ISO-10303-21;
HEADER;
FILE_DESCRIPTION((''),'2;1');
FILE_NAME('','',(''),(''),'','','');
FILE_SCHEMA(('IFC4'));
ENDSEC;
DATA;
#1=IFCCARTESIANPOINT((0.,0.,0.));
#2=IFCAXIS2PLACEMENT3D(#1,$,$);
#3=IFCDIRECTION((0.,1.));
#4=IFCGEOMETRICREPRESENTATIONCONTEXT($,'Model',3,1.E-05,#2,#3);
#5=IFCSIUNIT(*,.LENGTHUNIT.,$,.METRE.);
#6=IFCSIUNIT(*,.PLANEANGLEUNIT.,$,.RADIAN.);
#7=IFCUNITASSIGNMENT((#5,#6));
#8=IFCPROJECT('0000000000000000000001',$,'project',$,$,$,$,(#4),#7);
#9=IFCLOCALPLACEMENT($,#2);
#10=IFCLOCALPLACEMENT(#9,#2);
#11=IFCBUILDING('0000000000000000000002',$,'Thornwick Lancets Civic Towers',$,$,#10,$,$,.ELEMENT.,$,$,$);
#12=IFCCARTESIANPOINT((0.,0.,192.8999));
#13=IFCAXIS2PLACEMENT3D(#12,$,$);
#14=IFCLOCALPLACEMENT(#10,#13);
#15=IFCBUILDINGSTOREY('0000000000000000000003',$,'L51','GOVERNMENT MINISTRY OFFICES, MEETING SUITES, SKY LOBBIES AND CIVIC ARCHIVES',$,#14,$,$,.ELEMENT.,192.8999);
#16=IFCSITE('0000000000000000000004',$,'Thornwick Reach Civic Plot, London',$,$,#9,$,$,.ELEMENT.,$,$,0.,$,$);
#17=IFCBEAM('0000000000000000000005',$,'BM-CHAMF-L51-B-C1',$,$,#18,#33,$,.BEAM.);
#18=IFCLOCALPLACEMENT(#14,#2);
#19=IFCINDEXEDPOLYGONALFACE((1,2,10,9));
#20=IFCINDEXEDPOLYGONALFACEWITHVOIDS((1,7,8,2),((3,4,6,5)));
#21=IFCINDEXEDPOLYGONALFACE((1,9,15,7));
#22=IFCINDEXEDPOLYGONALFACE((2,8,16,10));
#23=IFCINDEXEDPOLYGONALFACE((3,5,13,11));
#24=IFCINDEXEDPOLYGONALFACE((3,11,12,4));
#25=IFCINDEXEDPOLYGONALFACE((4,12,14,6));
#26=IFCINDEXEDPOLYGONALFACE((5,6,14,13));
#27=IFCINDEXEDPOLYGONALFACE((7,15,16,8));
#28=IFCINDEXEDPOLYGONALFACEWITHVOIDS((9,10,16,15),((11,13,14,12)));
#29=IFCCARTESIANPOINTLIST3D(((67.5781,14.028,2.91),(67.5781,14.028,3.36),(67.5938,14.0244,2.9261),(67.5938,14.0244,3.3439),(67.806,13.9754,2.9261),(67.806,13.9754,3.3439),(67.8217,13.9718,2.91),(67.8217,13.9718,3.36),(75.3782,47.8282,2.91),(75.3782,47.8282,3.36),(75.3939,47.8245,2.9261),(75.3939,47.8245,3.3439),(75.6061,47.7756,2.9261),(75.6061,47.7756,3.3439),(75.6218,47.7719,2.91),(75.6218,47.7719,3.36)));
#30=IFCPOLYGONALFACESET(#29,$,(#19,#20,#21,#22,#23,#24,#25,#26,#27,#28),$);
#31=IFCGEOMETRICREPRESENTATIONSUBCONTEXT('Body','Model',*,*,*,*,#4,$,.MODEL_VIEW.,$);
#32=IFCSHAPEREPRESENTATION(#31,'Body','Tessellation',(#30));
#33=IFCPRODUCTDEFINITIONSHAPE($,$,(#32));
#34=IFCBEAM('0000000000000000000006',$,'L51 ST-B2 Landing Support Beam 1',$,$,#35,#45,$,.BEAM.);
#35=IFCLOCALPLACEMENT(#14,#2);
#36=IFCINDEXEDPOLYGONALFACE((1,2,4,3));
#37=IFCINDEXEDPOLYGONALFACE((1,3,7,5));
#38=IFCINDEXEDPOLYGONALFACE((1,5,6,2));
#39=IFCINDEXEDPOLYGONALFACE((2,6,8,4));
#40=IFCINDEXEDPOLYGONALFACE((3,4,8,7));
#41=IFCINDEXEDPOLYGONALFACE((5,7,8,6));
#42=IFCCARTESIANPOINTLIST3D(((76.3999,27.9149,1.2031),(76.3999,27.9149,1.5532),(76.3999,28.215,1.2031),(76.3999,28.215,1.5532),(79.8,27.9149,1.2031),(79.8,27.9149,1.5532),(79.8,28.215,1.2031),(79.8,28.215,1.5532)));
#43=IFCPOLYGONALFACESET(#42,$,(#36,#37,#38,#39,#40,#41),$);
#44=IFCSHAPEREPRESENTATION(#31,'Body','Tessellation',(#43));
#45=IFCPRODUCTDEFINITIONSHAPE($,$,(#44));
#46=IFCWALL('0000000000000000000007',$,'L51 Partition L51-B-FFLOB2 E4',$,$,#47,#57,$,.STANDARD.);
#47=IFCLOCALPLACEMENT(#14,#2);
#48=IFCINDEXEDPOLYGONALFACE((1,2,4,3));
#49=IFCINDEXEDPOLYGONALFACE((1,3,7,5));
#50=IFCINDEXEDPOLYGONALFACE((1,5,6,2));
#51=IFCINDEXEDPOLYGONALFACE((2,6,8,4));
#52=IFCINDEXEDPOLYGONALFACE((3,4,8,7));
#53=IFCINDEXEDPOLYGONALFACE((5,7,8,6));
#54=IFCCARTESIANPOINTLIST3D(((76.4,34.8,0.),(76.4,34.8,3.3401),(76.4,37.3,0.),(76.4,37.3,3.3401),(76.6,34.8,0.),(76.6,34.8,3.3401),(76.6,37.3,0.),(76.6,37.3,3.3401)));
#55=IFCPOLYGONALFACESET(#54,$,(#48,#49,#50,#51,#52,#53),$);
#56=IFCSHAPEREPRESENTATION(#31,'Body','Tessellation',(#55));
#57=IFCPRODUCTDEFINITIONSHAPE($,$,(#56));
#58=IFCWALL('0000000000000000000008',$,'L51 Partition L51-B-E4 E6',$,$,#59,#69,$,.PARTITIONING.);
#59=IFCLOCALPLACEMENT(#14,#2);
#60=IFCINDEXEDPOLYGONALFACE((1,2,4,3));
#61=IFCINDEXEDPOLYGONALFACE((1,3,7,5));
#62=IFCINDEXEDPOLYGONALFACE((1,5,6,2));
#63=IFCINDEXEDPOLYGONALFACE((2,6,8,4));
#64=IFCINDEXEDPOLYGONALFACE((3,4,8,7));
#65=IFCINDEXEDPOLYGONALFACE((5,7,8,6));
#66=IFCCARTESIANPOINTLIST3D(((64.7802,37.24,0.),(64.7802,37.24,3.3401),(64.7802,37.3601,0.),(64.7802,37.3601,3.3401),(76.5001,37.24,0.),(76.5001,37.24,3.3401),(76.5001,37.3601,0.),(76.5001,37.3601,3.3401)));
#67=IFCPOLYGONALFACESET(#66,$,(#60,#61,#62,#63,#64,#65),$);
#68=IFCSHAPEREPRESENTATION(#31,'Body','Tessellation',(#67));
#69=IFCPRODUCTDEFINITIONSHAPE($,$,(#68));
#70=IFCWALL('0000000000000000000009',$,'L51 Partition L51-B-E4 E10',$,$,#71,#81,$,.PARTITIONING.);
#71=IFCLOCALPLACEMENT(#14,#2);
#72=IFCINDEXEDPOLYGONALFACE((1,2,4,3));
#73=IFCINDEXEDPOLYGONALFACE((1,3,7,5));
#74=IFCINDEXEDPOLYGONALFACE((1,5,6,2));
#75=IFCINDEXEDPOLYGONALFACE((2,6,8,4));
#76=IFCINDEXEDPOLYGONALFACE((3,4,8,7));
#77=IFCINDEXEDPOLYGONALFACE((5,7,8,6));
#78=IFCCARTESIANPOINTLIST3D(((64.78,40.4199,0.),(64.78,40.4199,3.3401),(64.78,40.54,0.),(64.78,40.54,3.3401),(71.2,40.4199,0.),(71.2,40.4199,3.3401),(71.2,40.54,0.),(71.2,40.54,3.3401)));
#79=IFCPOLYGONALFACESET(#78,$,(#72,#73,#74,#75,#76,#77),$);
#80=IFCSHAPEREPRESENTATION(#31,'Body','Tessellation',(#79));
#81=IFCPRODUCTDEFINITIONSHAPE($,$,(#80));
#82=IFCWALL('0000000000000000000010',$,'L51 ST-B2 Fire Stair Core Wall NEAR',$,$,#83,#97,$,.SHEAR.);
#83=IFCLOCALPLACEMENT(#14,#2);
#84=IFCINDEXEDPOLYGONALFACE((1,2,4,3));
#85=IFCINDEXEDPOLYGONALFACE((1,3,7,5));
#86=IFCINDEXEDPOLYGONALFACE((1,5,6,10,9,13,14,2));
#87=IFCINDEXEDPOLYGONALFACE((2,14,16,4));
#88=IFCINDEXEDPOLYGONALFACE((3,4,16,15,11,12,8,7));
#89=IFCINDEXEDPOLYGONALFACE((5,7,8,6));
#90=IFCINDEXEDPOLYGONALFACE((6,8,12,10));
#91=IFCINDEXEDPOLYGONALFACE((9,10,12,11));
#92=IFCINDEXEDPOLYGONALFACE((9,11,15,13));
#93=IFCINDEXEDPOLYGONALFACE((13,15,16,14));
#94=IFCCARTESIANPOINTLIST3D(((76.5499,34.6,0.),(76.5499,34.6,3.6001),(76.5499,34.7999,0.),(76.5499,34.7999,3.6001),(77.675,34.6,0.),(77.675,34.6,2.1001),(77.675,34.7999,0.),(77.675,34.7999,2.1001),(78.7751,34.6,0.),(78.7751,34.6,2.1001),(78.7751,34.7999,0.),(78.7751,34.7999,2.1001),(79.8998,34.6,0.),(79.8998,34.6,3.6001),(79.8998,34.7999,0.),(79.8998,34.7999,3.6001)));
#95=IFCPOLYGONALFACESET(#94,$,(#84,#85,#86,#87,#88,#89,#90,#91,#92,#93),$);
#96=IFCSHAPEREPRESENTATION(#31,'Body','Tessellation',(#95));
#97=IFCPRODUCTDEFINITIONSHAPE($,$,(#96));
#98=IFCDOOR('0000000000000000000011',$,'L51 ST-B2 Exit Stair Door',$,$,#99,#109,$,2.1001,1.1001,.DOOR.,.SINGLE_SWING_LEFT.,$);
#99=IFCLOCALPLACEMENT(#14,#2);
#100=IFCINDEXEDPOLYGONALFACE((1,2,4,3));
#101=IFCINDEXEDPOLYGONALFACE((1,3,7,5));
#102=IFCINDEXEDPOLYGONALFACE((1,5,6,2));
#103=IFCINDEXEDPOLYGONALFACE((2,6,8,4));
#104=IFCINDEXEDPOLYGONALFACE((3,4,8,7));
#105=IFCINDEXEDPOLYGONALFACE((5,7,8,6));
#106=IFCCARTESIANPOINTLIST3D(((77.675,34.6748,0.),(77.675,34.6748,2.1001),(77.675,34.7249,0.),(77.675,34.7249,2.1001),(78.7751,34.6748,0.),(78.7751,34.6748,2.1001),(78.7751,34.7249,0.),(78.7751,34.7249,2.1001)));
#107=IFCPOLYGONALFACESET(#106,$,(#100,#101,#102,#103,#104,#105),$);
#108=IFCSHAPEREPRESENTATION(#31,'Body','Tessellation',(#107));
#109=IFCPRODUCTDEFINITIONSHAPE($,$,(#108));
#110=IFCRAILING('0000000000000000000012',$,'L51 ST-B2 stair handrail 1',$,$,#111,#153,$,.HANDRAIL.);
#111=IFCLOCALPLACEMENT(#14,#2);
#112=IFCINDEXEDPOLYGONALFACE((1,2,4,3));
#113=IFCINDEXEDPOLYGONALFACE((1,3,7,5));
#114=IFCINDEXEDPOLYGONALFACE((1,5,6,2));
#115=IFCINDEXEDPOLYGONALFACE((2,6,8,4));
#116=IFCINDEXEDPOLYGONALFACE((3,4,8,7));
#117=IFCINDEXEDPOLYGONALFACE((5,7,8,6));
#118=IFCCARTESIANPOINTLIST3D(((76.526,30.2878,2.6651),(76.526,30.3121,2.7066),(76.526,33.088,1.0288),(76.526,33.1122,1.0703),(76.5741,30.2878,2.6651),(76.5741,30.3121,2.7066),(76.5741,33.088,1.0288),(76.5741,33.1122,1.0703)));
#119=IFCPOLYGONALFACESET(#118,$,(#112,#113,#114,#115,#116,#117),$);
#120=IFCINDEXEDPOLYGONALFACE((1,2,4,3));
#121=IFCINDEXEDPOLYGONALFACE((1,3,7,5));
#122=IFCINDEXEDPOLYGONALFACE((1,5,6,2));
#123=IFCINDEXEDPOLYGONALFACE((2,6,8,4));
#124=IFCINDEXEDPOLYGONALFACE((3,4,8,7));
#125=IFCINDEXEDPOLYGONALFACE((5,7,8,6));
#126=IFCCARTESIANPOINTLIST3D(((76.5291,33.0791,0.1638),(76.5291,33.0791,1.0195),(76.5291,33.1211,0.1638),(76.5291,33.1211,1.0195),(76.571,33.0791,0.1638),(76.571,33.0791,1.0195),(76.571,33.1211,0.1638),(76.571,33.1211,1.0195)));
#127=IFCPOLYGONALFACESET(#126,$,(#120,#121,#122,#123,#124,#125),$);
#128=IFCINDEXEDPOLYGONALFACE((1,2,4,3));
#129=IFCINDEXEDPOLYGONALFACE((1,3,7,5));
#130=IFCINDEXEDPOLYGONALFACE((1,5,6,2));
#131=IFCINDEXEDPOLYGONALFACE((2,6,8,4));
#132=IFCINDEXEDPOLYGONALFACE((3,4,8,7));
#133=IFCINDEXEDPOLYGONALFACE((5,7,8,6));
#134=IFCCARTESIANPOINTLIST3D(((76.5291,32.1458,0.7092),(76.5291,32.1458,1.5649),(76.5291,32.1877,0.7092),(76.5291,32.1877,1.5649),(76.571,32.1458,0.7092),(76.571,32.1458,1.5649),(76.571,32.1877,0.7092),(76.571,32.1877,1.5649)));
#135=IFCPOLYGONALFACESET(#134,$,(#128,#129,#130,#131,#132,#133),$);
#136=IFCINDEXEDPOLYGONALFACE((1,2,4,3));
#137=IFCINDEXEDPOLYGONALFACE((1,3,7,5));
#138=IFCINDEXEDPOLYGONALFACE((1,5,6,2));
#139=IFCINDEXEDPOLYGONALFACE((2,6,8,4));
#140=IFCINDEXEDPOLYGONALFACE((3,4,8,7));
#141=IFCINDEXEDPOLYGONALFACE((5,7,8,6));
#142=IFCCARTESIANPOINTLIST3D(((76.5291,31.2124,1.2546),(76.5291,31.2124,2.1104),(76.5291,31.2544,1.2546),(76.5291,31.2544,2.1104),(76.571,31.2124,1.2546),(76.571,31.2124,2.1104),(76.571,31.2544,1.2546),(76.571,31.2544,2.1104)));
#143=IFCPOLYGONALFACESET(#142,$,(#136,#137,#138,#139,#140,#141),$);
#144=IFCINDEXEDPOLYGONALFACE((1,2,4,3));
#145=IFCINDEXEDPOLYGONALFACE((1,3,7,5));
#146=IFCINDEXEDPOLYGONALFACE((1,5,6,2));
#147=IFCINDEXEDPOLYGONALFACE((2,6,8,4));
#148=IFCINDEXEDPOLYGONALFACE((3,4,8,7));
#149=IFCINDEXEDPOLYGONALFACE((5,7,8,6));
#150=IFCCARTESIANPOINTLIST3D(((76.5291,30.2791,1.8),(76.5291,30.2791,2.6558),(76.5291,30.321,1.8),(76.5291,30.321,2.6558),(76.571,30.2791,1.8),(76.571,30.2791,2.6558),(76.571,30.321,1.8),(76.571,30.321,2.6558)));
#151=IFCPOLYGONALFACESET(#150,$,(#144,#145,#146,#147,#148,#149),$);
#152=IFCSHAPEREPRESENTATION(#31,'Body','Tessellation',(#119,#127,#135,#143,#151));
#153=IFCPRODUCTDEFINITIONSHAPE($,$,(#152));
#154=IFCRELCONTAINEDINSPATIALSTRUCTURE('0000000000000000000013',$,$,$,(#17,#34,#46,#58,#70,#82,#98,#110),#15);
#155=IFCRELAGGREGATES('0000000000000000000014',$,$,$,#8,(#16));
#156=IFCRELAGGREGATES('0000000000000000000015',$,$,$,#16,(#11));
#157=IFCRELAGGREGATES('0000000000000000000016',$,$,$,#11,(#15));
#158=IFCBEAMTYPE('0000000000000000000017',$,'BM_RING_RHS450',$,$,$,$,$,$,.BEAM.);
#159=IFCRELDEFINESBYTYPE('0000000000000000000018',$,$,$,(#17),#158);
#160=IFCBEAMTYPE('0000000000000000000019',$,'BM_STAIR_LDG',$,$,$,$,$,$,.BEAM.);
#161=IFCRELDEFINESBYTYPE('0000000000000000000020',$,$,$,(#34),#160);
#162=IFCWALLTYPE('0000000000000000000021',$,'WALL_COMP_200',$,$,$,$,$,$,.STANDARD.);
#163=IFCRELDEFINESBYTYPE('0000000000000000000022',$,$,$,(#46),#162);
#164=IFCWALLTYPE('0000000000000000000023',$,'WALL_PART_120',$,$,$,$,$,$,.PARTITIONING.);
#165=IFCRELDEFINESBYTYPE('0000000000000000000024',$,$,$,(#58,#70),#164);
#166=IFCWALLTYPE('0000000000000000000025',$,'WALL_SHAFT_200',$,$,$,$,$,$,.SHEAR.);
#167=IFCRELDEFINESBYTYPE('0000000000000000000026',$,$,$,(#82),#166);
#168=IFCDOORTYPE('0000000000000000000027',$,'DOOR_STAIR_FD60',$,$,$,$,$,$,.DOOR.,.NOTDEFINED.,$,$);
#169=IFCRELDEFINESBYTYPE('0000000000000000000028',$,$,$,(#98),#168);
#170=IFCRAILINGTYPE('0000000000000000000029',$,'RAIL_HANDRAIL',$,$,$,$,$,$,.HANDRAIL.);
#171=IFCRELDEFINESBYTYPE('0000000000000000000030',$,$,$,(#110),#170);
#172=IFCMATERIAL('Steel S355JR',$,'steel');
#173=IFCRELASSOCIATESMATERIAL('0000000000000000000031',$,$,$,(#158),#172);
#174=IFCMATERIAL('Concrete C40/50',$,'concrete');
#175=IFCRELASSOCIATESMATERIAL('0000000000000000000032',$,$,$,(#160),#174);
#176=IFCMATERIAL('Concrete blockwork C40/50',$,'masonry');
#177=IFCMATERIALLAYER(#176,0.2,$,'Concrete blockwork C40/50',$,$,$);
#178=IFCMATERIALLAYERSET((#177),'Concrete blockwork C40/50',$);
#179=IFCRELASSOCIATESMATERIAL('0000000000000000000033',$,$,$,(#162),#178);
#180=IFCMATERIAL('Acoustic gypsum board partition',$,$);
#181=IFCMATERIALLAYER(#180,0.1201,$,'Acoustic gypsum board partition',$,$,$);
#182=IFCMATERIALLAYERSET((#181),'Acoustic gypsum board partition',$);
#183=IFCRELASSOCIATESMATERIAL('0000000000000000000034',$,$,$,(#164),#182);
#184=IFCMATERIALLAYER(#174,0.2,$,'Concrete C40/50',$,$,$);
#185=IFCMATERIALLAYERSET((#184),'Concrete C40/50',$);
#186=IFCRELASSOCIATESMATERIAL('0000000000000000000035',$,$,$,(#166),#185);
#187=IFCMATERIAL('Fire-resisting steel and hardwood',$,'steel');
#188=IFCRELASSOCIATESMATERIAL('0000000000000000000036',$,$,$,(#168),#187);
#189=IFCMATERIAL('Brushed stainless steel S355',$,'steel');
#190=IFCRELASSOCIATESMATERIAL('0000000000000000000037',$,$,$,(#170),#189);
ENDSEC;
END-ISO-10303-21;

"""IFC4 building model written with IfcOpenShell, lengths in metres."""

from ifc_helpers import new_model, si_unit, direction, frame, frame_2d, origin, origin_2d, place, context, subcontext, project, spatial, rectangle, hollow_rectangle, extrude, material, layer, layer_set, material_profile, profile_set, type_object, element, fill, save


model = new_model("IFC4")

# Units and contexts
model_context = context("Model", 3, precision=1e-05, world=origin(), true_north=direction((0.0, 1.0)))
body_context = subcontext(model_context, "Body", "Model", "MODEL_VIEW")
ifc_project = project(units=[si_unit("LENGTHUNIT", "METRE"), si_unit("PLANEANGLEUNIT", "RADIAN")], contexts=[model_context])

# Site, building, storey
site_placement = place(None, origin())
site = spatial("IfcSite", under=ifc_project, at=site_placement, Name="Thornwick Reach Civic Plot, London", CompositionType="ELEMENT", RefElevation=0.0)
building_placement = place(site_placement, origin())
building = spatial("IfcBuilding", under=site, at=building_placement, Name="Thornwick Lancets Civic Towers", CompositionType="ELEMENT")
storey_placement = place(building_placement, frame((0.0, 0.0, 192.8999)))
storey = spatial("IfcBuildingStorey", under=building, at=storey_placement, Name="L51", Description="GOVERNMENT MINISTRY OFFICES, MEETING SUITES, SKY LOBBIES AND CIVIC ARCHIVES", CompositionType="ELEMENT", Elevation=192.8999)

# Beams
ifc_material_1 = material(Name="Steel S355JR", Category="steel")
ifc_material_profile_1 = material_profile(ifc_material_1, hollow_rectangle(XDim=0.25, YDim=0.45, WallThickness=0.0161, at=origin_2d()), Name="RHS 450x250x16")
ifc_profile_set_1 = profile_set([ifc_material_profile_1], Name="Steel S355JR")
beam_type_1 = type_object("IfcBeamType", Name="BM_RING_RHS450", PredefinedType="BEAM", material=ifc_profile_set_1)
beam_1_placement = place(storey_placement, frame((75.5, 47.8, 3.135), z_axis=(-0.224861, -0.974391, 0.0), x_axis=(0.974391, -0.224861, 0.0)))
element("IfcBeam", 1, at=beam_1_placement, inside=storey, type_object=beam_type_1, Name="BM-CHAMF-L51-B-C1", PredefinedType="BEAM", context=body_context, shape_type="SweptSolid", body=[
    extrude(hollow_rectangle(XDim=0.25, YDim=0.45, WallThickness=0.0161, at=origin_2d()), origin(), (0.0, 0.0, 1.0), 34.6885),
])
ifc_material_2 = material(Name="Concrete C40/50", Category="concrete")
ifc_material_profile_2 = material_profile(ifc_material_2, rectangle(XDim=0.3, YDim=0.3501, at=origin_2d()), Name="RC 300x350")
ifc_profile_set_2 = profile_set([ifc_material_profile_2], Name="Concrete C40/50")
beam_type_2 = type_object("IfcBeamType", Name="BM_STAIR_LDG", PredefinedType="BEAM", material=ifc_profile_set_2)
beam_2_placement = place(storey_placement, frame((76.3999, 28.0649, 1.3782), z_axis=(1.0, 0.0, 0.0), x_axis=(0.0, 1.0, 0.0)))
element("IfcBeam", 2, at=beam_2_placement, inside=storey, type_object=beam_type_2, Name="L51 ST-B2 Landing Support Beam 1", PredefinedType="BEAM", context=body_context, shape_type="SweptSolid", body=[
    extrude(rectangle(XDim=0.3, YDim=0.3501, at=origin_2d()), origin(), (0.0, 0.0, 1.0), 3.4001),
])

# Walls
ifc_material_3 = material(Name="Concrete blockwork C40/50", Category="masonry")
ifc_layer_1 = layer(ifc_material_3, 0.2, Name="Concrete blockwork C40/50")
ifc_layer_set_1 = layer_set([ifc_layer_1], Name="Concrete blockwork C40/50")
wall_type_1 = type_object("IfcWallType", Name="WALL_COMP_200", PredefinedType="STANDARD", material=ifc_layer_set_1)
wall_1_placement = place(storey_placement, frame((76.5, 37.3, 0.0), z_axis=(0.0, 0.0, 1.0), x_axis=(0.0, -1.0, 0.0)))
element("IfcWall", 3, at=wall_1_placement, inside=storey, type_object=wall_type_1, Name="L51 Partition L51-B-FFLOB2 E4", PredefinedType="STANDARD", context=body_context, shape_type="SweptSolid", body=[
    extrude(rectangle(XDim=2.5, YDim=0.2, at=frame_2d((1.25, 0.0))), origin(), (0.0, 0.0, 1.0), 3.3401),
])
ifc_material_4 = material(Name="Acoustic gypsum board partition")
ifc_layer_2 = layer(ifc_material_4, 0.1201, Name="Acoustic gypsum board partition")
ifc_layer_set_2 = layer_set([ifc_layer_2], Name="Acoustic gypsum board partition")
wall_type_2 = type_object("IfcWallType", Name="WALL_PART_120", PredefinedType="PARTITIONING", material=ifc_layer_set_2)
wall_2_placement = place(storey_placement, frame((76.5, 37.3, 0.0), z_axis=(0.0, 0.0, 1.0), x_axis=(-1.0, 0.0, 0.0)))
element("IfcWall", 4, at=wall_2_placement, inside=storey, type_object=wall_type_2, Name="L51 Partition L51-B-E4 E6", PredefinedType="PARTITIONING", context=body_context, shape_type="SweptSolid", body=[
    extrude(rectangle(XDim=11.72, YDim=0.1201, at=frame_2d((5.8599, 0.0))), origin(), (0.0, 0.0, 1.0), 3.3401),
])
wall_3_placement = place(storey_placement, frame((71.2, 40.48, 0.0), z_axis=(0.0, 0.0, 1.0), x_axis=(-1.0, 0.0, 0.0)))
element("IfcWall", 5, at=wall_3_placement, inside=storey, type_object=wall_type_2, Name="L51 Partition L51-B-E4 E10", PredefinedType="PARTITIONING", context=body_context, shape_type="SweptSolid", body=[
    extrude(rectangle(XDim=6.4199, YDim=0.1201, at=frame_2d((3.21, 0.0))), origin(), (0.0, 0.0, 1.0), 3.3401),
])

# Wall, opening, door
ifc_layer_3 = layer(ifc_material_2, 0.2, Name="Concrete C40/50")
ifc_layer_set_3 = layer_set([ifc_layer_3], Name="Concrete C40/50")
wall_type_3 = type_object("IfcWallType", Name="WALL_SHAFT_200", PredefinedType="SHEAR", material=ifc_layer_set_3)
wall_4_placement = place(storey_placement, frame((76.55, 34.7, 0.0), z_axis=(0.0, 0.0, 1.0), x_axis=(1.0, 0.0, 0.0)))
wall_4 = element("IfcWall", 6, at=wall_4_placement, inside=storey, type_object=wall_type_3, Name="L51 ST-B2 Fire Stair Core Wall NEAR", PredefinedType="SHEAR", context=body_context, shape_type="SweptSolid", body=[
    extrude(rectangle(XDim=3.3499, YDim=0.2, at=frame_2d((1.6748, 0.0))), origin(), (0.0, 0.0, 1.0), 3.6001),
])
opening_placement = place(wall_4_placement, frame((1.125, 0.0, 0.0)))
opening = element("IfcOpeningElement", 7, at=opening_placement, cuts=wall_4, PredefinedType="OPENING", context=body_context, shape_type="SweptSolid", body=[
    extrude(rectangle(XDim=1.1001, YDim=2.1001, at=frame_2d((0.55, 1.05))), frame((0.0, 0.1099, 0.0), z_axis=(0.0, -1.0, 0.0), x_axis=(1.0, 0.0, 0.0)), (0.0, 0.0, 1.0), 0.22),
])
ifc_material_5 = material(Name="Fire-resisting steel and hardwood", Category="steel")
door_type = type_object("IfcDoorType", Name="DOOR_STAIR_FD60", OperationType="NOTDEFINED", PredefinedType="DOOR", material=ifc_material_5)
door_placement = place(opening_placement, origin())
door = element("IfcDoor", 8, at=door_placement, inside=storey, type_object=door_type, Name="L51 ST-B2 Exit Stair Door", OperationType="SINGLE_SWING_LEFT", OverallHeight=2.1001, OverallWidth=1.1001, PredefinedType="DOOR", context=body_context, shape_type="SweptSolid", body=[
    extrude(rectangle(XDim=1.1001, YDim=2.1001, at=frame_2d((0.55, 1.05))), frame((0.0, 0.0249, 0.0), z_axis=(0.0, -1.0, 0.0), x_axis=(1.0, 0.0, 0.0)), (0.0, 0.0, 1.0), 0.05),
])
fill(opening, door)

# Railing
ifc_material_6 = material(Name="Brushed stainless steel S355", Category="steel")
railing_type_1 = type_object("IfcRailingType", Name="RAIL_HANDRAIL", PredefinedType="HANDRAIL", material=ifc_material_6)
railing_1_placement = place(storey_placement, frame((76.55, 33.1001, 0.1638)))
element("IfcRailing", 9, at=railing_1_placement, inside=storey, type_object=railing_type_1, Name="L51 ST-B2 stair handrail 1", PredefinedType="HANDRAIL", context=body_context, shape_type="SweptSolid", body=[
    extrude(rectangle(XDim=0.0481, YDim=0.0481, at=origin_2d()), frame((0.0, 0.0, 0.8857), z_axis=(0.0, -0.863394, 0.504531), x_axis=(1.0, 0.0, 0.0)), (0.0, 0.0, 1.0), 3.2432),
    extrude(rectangle(XDim=0.042, YDim=0.042, at=origin_2d()), origin(), (0.0, 0.0, 1.0), 0.8557),
    extrude(rectangle(XDim=0.042, YDim=0.042, at=origin_2d()), frame((0.0, -0.9333, 0.5454)), (0.0, 0.0, 1.0), 0.8557),
    extrude(rectangle(XDim=0.042, YDim=0.042, at=origin_2d()), frame((0.0, -1.8667, 1.0908)), (0.0, 0.0, 1.0), 0.8557),
    extrude(rectangle(XDim=0.042, YDim=0.042, at=origin_2d()), frame((0.0, -2.8, 1.6362)), (0.0, 0.0, 1.0), 0.8557),
])

save(model, "model.ifc")
